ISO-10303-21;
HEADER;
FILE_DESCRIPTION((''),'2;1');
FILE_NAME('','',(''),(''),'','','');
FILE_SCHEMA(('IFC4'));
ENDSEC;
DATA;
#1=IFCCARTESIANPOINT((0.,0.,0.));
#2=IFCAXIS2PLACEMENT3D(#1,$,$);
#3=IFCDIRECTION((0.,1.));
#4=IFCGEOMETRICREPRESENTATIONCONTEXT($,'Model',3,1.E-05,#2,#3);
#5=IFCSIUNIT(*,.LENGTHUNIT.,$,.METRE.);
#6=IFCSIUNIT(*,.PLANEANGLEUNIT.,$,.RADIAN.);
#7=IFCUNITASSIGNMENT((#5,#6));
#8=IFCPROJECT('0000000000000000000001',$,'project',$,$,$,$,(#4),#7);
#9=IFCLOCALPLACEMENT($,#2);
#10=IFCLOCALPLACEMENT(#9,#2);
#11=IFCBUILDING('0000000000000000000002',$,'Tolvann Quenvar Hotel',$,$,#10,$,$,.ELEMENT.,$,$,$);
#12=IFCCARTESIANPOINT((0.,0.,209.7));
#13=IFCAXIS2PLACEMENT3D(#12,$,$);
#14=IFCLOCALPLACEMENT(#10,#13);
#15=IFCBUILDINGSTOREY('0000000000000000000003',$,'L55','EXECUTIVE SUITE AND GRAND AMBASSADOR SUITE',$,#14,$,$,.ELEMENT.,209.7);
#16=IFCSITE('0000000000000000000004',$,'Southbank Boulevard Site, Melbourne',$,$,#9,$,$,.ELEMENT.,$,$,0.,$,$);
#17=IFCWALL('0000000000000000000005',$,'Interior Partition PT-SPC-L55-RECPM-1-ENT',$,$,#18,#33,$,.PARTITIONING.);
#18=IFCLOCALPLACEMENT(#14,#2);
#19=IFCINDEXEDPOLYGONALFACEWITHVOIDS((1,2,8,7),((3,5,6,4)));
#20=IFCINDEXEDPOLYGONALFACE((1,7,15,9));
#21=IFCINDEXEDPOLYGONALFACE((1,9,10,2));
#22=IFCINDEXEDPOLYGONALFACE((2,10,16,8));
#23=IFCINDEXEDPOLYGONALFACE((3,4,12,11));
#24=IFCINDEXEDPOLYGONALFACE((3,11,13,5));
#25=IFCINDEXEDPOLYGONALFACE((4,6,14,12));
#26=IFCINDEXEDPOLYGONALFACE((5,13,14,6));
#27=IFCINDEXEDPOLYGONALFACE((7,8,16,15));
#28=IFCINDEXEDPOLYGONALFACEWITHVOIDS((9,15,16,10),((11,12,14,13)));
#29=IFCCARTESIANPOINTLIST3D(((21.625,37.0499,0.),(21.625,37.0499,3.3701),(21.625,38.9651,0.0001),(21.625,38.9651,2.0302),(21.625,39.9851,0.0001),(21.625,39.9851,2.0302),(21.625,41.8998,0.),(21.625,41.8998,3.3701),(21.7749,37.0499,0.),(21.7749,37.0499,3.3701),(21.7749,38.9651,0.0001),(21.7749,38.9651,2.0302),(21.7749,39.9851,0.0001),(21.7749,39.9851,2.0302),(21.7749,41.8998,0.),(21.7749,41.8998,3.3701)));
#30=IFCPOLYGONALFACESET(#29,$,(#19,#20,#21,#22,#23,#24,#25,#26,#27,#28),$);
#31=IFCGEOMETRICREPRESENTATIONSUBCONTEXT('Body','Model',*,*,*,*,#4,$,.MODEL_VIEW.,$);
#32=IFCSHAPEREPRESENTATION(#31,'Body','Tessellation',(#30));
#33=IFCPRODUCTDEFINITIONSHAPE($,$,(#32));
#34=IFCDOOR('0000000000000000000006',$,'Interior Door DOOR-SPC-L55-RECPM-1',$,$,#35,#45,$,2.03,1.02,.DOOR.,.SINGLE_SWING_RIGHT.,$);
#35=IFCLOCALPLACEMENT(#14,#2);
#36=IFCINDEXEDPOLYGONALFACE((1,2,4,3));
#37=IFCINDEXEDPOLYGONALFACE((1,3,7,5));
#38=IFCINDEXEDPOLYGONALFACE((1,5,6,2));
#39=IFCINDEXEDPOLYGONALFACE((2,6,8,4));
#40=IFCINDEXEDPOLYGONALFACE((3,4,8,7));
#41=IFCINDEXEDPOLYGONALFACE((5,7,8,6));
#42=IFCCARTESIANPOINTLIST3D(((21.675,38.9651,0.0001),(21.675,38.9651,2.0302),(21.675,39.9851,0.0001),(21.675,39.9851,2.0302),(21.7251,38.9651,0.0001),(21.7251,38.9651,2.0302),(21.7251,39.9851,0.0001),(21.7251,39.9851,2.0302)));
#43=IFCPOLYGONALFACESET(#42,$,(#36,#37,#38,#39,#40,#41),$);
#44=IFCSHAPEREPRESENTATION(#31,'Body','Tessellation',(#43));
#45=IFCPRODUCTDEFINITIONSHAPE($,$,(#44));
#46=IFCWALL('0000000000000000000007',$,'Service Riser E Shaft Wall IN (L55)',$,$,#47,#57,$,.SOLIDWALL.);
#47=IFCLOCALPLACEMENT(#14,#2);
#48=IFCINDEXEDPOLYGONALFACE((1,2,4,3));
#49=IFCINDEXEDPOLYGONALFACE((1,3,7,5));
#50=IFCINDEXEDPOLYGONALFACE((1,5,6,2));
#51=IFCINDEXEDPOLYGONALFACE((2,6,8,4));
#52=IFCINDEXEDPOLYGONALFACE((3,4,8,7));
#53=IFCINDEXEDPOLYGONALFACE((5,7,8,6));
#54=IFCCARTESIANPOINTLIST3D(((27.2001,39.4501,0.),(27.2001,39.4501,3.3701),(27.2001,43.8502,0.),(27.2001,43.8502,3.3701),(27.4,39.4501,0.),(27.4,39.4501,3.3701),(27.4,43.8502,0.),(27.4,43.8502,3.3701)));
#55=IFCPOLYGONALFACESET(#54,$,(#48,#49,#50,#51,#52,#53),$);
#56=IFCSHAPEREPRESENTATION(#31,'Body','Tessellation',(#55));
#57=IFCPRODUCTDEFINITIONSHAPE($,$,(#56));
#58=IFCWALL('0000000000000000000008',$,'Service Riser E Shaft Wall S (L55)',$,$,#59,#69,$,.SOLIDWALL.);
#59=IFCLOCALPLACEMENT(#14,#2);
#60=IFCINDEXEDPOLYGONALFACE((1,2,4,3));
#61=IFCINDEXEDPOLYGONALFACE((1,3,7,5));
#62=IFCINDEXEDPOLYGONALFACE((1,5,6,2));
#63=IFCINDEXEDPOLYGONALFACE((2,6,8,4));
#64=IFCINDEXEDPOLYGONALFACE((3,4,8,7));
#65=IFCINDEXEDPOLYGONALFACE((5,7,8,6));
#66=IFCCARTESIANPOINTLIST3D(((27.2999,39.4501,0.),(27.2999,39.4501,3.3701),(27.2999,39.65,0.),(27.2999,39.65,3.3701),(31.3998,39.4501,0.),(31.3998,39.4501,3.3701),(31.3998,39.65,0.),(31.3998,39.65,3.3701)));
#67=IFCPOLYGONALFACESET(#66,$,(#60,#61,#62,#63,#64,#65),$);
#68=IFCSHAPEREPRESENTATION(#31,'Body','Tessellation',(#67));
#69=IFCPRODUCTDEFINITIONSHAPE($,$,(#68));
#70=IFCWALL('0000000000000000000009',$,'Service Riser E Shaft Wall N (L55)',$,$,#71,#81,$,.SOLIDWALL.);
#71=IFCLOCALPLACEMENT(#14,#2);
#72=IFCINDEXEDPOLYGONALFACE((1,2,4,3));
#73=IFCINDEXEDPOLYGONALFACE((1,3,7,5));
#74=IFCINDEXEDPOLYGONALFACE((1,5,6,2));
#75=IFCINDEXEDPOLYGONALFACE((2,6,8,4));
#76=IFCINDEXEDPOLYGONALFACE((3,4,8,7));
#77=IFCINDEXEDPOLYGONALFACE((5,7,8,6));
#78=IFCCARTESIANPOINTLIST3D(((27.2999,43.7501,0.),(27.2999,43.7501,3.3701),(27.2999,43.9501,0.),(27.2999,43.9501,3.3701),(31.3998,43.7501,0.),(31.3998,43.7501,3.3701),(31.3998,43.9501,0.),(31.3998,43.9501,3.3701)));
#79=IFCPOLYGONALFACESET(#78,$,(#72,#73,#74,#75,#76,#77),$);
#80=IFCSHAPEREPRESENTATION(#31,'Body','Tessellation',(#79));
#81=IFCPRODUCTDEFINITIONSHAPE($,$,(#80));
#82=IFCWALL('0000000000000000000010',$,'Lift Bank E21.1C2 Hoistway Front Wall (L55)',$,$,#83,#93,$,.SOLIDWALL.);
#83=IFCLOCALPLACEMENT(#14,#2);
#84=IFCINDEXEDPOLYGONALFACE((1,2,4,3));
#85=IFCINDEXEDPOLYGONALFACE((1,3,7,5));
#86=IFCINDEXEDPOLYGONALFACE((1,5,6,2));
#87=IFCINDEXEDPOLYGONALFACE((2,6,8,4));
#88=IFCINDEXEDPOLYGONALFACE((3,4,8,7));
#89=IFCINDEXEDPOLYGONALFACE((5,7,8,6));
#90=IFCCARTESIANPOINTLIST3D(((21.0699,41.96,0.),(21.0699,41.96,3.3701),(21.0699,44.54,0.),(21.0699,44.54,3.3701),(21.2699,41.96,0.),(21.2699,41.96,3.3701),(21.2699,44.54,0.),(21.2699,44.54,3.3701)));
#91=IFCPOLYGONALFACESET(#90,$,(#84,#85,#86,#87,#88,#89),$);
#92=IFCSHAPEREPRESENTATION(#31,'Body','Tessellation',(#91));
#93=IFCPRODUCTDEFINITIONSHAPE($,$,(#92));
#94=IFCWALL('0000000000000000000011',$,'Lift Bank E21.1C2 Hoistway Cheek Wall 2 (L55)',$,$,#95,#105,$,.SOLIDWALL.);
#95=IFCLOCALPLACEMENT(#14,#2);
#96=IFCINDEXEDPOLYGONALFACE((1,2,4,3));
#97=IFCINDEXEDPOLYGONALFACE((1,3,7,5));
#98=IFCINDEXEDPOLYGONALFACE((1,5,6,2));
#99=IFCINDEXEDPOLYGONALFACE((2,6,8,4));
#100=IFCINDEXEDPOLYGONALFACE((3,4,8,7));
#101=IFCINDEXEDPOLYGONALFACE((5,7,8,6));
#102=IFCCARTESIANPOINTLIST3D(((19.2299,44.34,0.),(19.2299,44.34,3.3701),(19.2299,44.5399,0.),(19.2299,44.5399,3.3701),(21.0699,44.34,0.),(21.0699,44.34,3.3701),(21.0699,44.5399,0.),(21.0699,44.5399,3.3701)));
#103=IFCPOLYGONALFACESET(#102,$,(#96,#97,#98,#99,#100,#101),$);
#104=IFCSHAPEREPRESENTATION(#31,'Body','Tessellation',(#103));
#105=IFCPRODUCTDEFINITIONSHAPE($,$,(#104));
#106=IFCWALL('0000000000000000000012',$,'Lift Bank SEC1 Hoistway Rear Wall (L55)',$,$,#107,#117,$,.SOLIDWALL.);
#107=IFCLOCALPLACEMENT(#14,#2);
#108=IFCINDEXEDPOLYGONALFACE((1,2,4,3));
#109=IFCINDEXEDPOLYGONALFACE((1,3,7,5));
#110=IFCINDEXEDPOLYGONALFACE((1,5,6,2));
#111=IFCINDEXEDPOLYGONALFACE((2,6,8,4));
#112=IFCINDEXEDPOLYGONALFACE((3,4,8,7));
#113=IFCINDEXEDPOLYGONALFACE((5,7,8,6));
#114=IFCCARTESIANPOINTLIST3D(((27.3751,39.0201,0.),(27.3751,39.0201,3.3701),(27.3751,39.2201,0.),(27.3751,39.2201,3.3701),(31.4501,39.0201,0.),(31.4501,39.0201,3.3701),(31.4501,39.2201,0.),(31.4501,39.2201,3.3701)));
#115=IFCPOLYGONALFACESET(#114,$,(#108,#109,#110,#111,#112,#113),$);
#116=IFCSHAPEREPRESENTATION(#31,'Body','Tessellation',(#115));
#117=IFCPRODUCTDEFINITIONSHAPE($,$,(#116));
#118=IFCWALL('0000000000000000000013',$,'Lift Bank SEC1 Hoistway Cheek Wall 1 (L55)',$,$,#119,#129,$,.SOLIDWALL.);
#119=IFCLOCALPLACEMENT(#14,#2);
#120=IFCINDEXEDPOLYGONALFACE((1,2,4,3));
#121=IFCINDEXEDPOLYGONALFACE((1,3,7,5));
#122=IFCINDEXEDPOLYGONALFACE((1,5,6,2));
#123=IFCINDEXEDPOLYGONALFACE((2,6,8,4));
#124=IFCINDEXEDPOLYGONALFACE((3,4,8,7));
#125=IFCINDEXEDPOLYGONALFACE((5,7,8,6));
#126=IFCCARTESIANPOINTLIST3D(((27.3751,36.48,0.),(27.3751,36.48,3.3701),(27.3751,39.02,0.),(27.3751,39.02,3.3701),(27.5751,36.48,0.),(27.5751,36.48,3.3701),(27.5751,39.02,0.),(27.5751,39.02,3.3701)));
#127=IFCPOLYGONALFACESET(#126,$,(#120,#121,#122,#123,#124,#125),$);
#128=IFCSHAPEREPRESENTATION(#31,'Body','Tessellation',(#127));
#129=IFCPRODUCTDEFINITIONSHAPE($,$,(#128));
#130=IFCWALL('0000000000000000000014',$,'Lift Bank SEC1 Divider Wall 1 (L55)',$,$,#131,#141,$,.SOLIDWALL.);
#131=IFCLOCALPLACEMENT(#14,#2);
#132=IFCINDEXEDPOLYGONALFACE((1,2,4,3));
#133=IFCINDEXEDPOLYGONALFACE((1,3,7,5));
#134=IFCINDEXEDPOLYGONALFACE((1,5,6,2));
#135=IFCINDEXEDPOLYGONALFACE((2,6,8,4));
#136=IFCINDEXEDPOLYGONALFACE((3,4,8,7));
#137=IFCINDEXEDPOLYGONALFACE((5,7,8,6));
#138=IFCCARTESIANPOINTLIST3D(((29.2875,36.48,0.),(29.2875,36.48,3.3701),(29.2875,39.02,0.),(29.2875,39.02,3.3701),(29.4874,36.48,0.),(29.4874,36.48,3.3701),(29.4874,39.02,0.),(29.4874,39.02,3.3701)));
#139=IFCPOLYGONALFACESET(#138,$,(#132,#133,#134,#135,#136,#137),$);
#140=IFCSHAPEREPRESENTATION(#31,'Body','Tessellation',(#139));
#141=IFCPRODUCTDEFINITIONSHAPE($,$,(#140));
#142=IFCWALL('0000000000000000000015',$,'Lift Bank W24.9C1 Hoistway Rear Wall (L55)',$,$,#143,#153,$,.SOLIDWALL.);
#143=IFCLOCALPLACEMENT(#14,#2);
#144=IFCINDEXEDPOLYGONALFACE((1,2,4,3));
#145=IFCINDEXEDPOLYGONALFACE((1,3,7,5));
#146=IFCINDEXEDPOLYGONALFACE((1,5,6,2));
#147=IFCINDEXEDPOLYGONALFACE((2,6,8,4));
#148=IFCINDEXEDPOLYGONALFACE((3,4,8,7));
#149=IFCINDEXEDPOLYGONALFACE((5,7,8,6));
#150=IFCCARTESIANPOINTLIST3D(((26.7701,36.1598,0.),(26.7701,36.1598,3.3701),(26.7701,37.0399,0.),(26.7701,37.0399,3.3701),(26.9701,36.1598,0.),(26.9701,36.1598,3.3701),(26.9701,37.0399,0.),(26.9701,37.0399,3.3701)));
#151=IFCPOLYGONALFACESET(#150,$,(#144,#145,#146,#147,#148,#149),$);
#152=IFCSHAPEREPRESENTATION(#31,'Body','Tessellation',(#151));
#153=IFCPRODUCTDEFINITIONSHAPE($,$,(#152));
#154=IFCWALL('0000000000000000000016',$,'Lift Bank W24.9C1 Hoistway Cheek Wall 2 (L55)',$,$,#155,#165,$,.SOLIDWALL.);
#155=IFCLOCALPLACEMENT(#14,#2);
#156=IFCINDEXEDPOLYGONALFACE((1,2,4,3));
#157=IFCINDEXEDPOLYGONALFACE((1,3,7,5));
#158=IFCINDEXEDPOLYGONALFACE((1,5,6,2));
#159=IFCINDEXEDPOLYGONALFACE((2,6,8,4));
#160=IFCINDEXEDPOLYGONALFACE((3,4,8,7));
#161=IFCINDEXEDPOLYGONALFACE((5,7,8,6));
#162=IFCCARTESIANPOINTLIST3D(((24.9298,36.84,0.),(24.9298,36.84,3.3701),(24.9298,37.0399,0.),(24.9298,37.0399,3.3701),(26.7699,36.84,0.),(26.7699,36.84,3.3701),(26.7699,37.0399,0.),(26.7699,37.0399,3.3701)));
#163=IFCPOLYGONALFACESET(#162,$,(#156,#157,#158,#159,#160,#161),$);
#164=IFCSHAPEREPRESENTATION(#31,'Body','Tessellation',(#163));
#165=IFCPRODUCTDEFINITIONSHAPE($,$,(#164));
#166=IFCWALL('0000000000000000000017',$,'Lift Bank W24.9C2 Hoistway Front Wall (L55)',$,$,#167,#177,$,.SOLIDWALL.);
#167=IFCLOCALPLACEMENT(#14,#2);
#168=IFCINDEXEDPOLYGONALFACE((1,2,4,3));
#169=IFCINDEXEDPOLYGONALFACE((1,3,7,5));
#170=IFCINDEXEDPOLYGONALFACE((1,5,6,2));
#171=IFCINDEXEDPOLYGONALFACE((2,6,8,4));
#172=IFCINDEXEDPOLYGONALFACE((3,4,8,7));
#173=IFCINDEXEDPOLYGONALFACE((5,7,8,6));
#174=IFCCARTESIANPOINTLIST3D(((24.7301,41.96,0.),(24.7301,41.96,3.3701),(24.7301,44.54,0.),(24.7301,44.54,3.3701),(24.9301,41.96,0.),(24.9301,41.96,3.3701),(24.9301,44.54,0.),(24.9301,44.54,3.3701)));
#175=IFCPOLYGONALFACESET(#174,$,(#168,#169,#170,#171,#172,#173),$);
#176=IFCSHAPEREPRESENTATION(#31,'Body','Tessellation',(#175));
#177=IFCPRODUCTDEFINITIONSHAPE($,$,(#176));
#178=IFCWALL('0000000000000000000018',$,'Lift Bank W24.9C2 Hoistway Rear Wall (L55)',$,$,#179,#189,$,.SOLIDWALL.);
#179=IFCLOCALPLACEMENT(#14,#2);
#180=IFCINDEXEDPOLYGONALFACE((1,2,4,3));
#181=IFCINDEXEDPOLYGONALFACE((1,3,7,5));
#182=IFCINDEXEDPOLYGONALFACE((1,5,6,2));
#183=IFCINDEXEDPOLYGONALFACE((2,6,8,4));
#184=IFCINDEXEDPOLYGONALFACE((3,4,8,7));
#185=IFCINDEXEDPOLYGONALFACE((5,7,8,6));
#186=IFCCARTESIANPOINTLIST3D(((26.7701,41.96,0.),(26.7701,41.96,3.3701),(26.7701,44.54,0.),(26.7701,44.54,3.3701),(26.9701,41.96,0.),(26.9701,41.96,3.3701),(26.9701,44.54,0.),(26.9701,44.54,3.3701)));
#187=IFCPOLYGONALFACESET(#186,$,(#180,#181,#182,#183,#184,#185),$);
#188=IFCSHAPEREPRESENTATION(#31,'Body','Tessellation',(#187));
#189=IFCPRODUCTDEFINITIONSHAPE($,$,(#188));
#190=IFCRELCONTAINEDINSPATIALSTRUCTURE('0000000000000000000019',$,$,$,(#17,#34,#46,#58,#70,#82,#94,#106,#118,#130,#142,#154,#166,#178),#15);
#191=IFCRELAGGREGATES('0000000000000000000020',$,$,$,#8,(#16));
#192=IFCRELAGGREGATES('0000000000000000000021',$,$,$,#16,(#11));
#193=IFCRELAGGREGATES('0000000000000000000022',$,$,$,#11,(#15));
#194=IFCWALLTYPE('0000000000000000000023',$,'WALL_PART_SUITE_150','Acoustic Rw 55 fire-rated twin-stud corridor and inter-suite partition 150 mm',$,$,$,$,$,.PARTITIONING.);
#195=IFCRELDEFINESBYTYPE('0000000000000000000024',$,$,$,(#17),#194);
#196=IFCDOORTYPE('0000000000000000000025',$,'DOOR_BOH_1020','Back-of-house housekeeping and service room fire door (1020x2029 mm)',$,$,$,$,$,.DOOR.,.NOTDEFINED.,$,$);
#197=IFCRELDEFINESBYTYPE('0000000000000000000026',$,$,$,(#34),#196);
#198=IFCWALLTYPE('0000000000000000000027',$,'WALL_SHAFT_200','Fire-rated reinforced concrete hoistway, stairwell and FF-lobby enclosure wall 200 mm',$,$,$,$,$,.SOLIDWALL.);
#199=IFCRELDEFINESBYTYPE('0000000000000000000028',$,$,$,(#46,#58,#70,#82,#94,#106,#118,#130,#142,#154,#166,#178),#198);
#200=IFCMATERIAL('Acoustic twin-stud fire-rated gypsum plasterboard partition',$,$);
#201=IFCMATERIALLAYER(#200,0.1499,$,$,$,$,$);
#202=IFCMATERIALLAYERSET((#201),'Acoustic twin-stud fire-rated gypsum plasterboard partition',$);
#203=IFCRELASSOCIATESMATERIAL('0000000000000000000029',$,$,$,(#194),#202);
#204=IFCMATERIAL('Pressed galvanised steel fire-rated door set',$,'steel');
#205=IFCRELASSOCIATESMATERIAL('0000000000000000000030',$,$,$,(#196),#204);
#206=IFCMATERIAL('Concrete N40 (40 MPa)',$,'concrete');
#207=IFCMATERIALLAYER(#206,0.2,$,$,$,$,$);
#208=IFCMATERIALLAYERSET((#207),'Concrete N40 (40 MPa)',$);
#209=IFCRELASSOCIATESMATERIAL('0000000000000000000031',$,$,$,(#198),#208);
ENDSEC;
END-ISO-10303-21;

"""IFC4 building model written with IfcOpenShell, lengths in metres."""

from ifc_helpers import new_model, si_unit, direction, frame, frame_2d, origin, place, context, subcontext, project, spatial, rectangle, extrude, source, transform, mapped, material, layer, layer_set, type_object, type_shapes, element, fill, save


model = new_model("IFC4")

# Units and contexts
model_context = context("Model", 3, precision=1e-05, world=origin(), true_north=direction((0.0, 1.0)))
body_context = subcontext(model_context, "Body", "Model", "MODEL_VIEW")
ifc_project = project(units=[si_unit("LENGTHUNIT", "METRE"), si_unit("PLANEANGLEUNIT", "RADIAN")], contexts=[model_context])

# Site, building, storey
site_placement = place(None, origin())
site = spatial("IfcSite", under=ifc_project, at=site_placement, Name="Southbank Boulevard Site, Melbourne", CompositionType="ELEMENT", RefElevation=0.0)
building_placement = place(site_placement, origin())
building = spatial("IfcBuilding", under=site, at=building_placement, Name="Tolvann Quenvar Hotel", CompositionType="ELEMENT")
storey_placement = place(building_placement, frame((0.0, 0.0, 209.7)))
storey = spatial("IfcBuildingStorey", under=building, at=storey_placement, Name="L55", Description="EXECUTIVE SUITE AND GRAND AMBASSADOR SUITE", CompositionType="ELEMENT", Elevation=209.7)

# Wall, opening, door
ifc_material_1 = material(Name="Acoustic twin-stud fire-rated gypsum plasterboard partition")
ifc_layer_1 = layer(ifc_material_1, 0.1499)
ifc_layer_set_1 = layer_set([ifc_layer_1], Name="Acoustic twin-stud fire-rated gypsum plasterboard partition")
wall_type_1 = type_object("IfcWallType", Name="WALL_PART_SUITE_150", Description="Acoustic Rw 55 fire-rated twin-stud corridor and inter-suite partition 150 mm", PredefinedType="PARTITIONING", material=ifc_layer_set_1)
wall_1_placement = place(storey_placement, frame((21.7, 37.05, 0.0), z_axis=(0.0, 0.0, 1.0), x_axis=(0.0, 1.0, 0.0)))
wall_1 = element("IfcWall", 1, at=wall_1_placement, inside=storey, type_object=wall_type_1, Name="Interior Partition PT-SPC-L55-RECPM-1-ENT", PredefinedType="PARTITIONING", context=body_context, shape_type="SweptSolid", body=[
    extrude(rectangle(XDim=4.8499, YDim=0.1499, at=frame_2d((2.4248, 0.0))), origin(), (0.0, 0.0, 1.0), 3.3701),
])
opening_1_placement = place(wall_1_placement, frame((1.915, 0.0, 0.0)))
opening_1 = element("IfcOpeningElement", 2, at=opening_1_placement, cuts=wall_1, PredefinedType="OPENING", context=body_context, shape_type="SweptSolid", body=[
    extrude(rectangle(XDim=1.02, YDim=2.03, at=frame_2d((0.51, 1.0151))), frame((0.0, 0.085, 0.0), z_axis=(0.0, -1.0, 0.0), x_axis=(1.0, 0.0, 0.0)), (0.0, 0.0, 1.0), 0.1699),
])
ifc_material_2 = material(Name="Pressed galvanised steel fire-rated door set", Category="steel")
door_type_1 = type_object("IfcDoorType", Name="DOOR_BOH_1020", Description="Back-of-house housekeeping and service room fire door (1020x2029 mm)", OperationType="NOTDEFINED", PredefinedType="DOOR", material=ifc_material_2)
shared_shape_1 = source(origin(), body_context, "Body", "SweptSolid", [
    extrude(rectangle(XDim=1.02, YDim=2.03, at=frame_2d((0.51, 1.0151))), frame((0.0, 0.0249, 0.0), z_axis=(0.0, -1.0, 0.0), x_axis=(1.0, 0.0, 0.0)), (0.0, 0.0, 1.0), 0.05),
])
type_shapes(door_type_1, [shared_shape_1])
door_1_placement = place(opening_1_placement, origin())
door_1 = element("IfcDoor", 3, at=door_1_placement, inside=storey, type_object=door_type_1, Name="Interior Door DOOR-SPC-L55-RECPM-1", OperationType="SINGLE_SWING_RIGHT", OverallHeight=2.03, OverallWidth=1.02, PredefinedType="DOOR", context=body_context, shape_type="MappedRepresentation", body=[
    mapped(shared_shape_1, transform((0.0, 0.0, 0.0), x_axis=(1.0, 0.0, 0.0), y_axis=(0.0, 1.0, 0.0), z_axis=(0.0, 0.0, 1.0), scale=1.0)),
])
fill(opening_1, door_1)

# Walls
ifc_material_3 = material(Name="Concrete N40 (40 MPa)", Category="concrete")
ifc_layer_2 = layer(ifc_material_3, 0.2)
ifc_layer_set_2 = layer_set([ifc_layer_2], Name="Concrete N40 (40 MPa)")
wall_type_2 = type_object("IfcWallType", Name="WALL_SHAFT_200", Description="Fire-rated reinforced concrete hoistway, stairwell and FF-lobby enclosure wall 200 mm", PredefinedType="SOLIDWALL", material=ifc_layer_set_2)
wall_2_placement = place(storey_placement, frame((27.3, 39.45, 0.0), z_axis=(0.0, 0.0, 1.0), x_axis=(0.0, 1.0, 0.0)))
element("IfcWall", 4, at=wall_2_placement, inside=storey, type_object=wall_type_2, Name="Service Riser E Shaft Wall IN (L55)", PredefinedType="SOLIDWALL", context=body_context, shape_type="SweptSolid", body=[
    extrude(rectangle(XDim=4.4001, YDim=0.2, at=frame_2d((2.2002, 0.0))), origin(), (0.0, 0.0, 1.0), 3.3701),
])
for number, where, z_axis, x_axis, name in (
    (5, (27.3, 39.55, 0.0), (0.0, 0.0, 1.0), (1.0, 0.0, 0.0), "Service Riser E Shaft Wall S (L55)"),
    (6, (27.3, 43.8501, 0.0), (0.0, 0.0, 1.0), (1.0, 0.0, 0.0), "Service Riser E Shaft Wall N (L55)"),
):
    element("IfcWall", number, at=place(storey_placement, frame(where, z_axis=z_axis, x_axis=x_axis)), inside=storey, type_object=wall_type_2, Name=name, PredefinedType="SOLIDWALL", context=body_context, shape_type="SweptSolid", body=[
        extrude(rectangle(XDim=4.0999, YDim=0.2, at=frame_2d((2.0498, 0.0))), origin(), (0.0, 0.0, 1.0), 3.3701),
    ])
wall_3_placement = place(storey_placement, frame((21.1699, 41.96, 0.0), z_axis=(0.0, 0.0, 1.0), x_axis=(0.0, 1.0, 0.0)))
element("IfcWall", 7, at=wall_3_placement, inside=storey, type_object=wall_type_2, Name="Lift Bank E21.1C2 Hoistway Front Wall (L55)", PredefinedType="SOLIDWALL", context=body_context, shape_type="SweptSolid", body=[
    extrude(rectangle(XDim=2.5801, YDim=0.2, at=frame_2d((1.29, 0.0))), origin(), (0.0, 0.0, 1.0), 3.3701),
])
wall_4_placement = place(storey_placement, frame((19.23, 44.4399, 0.0), z_axis=(0.0, 0.0, 1.0), x_axis=(1.0, 0.0, 0.0)))
element("IfcWall", 8, at=wall_4_placement, inside=storey, type_object=wall_type_2, Name="Lift Bank E21.1C2 Hoistway Cheek Wall 2 (L55)", PredefinedType="SOLIDWALL", context=body_context, shape_type="SweptSolid", body=[
    extrude(rectangle(XDim=1.8401, YDim=0.2, at=frame_2d((0.9199, 0.0))), origin(), (0.0, 0.0, 1.0), 3.3701),
])

# Walls
wall_5_placement = place(storey_placement, frame((27.375, 39.1201, 0.0), z_axis=(0.0, 0.0, 1.0), x_axis=(1.0, 0.0, 0.0)))
element("IfcWall", 9, at=wall_5_placement, inside=storey, type_object=wall_type_2, Name="Lift Bank SEC1 Hoistway Rear Wall (L55)", PredefinedType="SOLIDWALL", context=body_context, shape_type="SweptSolid", body=[
    extrude(rectangle(XDim=4.075, YDim=0.2, at=frame_2d((2.0376, 0.0))), origin(), (0.0, 0.0, 1.0), 3.3701),
])
for number, where, z_axis, x_axis, name in (
    (10, (27.4751, 36.48, 0.0), (0.0, 0.0, 1.0), (0.0, 1.0, 0.0), "Lift Bank SEC1 Hoistway Cheek Wall 1 (L55)"),
    (11, (29.3875, 36.48, 0.0), (0.0, 0.0, 1.0), (0.0, 1.0, 0.0), "Lift Bank SEC1 Divider Wall 1 (L55)"),
):
    element("IfcWall", number, at=place(storey_placement, frame(where, z_axis=z_axis, x_axis=x_axis)), inside=storey, type_object=wall_type_2, Name=name, PredefinedType="SOLIDWALL", context=body_context, shape_type="SweptSolid", body=[
        extrude(rectangle(XDim=2.54, YDim=0.2, at=frame_2d((1.27, 0.0))), origin(), (0.0, 0.0, 1.0), 3.3701),
    ])
wall_6_placement = place(storey_placement, frame((26.8701, 36.1599, 0.0), z_axis=(0.0, 0.0, 1.0), x_axis=(0.0, 1.0, 0.0)))
element("IfcWall", 12, at=wall_6_placement, inside=storey, type_object=wall_type_2, Name="Lift Bank W24.9C1 Hoistway Rear Wall (L55)", PredefinedType="SOLIDWALL", context=body_context, shape_type="SweptSolid", body=[
    extrude(rectangle(XDim=0.8801, YDim=0.2, at=frame_2d((0.4399, 0.0))), origin(), (0.0, 0.0, 1.0), 3.3701),
])
wall_7_placement = place(storey_placement, frame((24.9299, 36.9399, 0.0), z_axis=(0.0, 0.0, 1.0), x_axis=(1.0, 0.0, 0.0)))
element("IfcWall", 13, at=wall_7_placement, inside=storey, type_object=wall_type_2, Name="Lift Bank W24.9C1 Hoistway Cheek Wall 2 (L55)", PredefinedType="SOLIDWALL", context=body_context, shape_type="SweptSolid", body=[
    extrude(rectangle(XDim=1.8401, YDim=0.2, at=frame_2d((0.9199, 0.0))), origin(), (0.0, 0.0, 1.0), 3.3701),
])
for number, where, z_axis, x_axis, name in (
    (14, (24.8301, 41.96, 0.0), (0.0, 0.0, 1.0), (0.0, 1.0, 0.0), "Lift Bank W24.9C2 Hoistway Front Wall (L55)"),
    (15, (26.8701, 41.96, 0.0), (0.0, 0.0, 1.0), (0.0, 1.0, 0.0), "Lift Bank W24.9C2 Hoistway Rear Wall (L55)"),
):
    element("IfcWall", number, at=place(storey_placement, frame(where, z_axis=z_axis, x_axis=x_axis)), inside=storey, type_object=wall_type_2, Name=name, PredefinedType="SOLIDWALL", context=body_context, shape_type="SweptSolid", body=[
        extrude(rectangle(XDim=2.5801, YDim=0.2, at=frame_2d((1.29, 0.0))), origin(), (0.0, 0.0, 1.0), 3.3701),
    ])

save(model, "model.ifc")
